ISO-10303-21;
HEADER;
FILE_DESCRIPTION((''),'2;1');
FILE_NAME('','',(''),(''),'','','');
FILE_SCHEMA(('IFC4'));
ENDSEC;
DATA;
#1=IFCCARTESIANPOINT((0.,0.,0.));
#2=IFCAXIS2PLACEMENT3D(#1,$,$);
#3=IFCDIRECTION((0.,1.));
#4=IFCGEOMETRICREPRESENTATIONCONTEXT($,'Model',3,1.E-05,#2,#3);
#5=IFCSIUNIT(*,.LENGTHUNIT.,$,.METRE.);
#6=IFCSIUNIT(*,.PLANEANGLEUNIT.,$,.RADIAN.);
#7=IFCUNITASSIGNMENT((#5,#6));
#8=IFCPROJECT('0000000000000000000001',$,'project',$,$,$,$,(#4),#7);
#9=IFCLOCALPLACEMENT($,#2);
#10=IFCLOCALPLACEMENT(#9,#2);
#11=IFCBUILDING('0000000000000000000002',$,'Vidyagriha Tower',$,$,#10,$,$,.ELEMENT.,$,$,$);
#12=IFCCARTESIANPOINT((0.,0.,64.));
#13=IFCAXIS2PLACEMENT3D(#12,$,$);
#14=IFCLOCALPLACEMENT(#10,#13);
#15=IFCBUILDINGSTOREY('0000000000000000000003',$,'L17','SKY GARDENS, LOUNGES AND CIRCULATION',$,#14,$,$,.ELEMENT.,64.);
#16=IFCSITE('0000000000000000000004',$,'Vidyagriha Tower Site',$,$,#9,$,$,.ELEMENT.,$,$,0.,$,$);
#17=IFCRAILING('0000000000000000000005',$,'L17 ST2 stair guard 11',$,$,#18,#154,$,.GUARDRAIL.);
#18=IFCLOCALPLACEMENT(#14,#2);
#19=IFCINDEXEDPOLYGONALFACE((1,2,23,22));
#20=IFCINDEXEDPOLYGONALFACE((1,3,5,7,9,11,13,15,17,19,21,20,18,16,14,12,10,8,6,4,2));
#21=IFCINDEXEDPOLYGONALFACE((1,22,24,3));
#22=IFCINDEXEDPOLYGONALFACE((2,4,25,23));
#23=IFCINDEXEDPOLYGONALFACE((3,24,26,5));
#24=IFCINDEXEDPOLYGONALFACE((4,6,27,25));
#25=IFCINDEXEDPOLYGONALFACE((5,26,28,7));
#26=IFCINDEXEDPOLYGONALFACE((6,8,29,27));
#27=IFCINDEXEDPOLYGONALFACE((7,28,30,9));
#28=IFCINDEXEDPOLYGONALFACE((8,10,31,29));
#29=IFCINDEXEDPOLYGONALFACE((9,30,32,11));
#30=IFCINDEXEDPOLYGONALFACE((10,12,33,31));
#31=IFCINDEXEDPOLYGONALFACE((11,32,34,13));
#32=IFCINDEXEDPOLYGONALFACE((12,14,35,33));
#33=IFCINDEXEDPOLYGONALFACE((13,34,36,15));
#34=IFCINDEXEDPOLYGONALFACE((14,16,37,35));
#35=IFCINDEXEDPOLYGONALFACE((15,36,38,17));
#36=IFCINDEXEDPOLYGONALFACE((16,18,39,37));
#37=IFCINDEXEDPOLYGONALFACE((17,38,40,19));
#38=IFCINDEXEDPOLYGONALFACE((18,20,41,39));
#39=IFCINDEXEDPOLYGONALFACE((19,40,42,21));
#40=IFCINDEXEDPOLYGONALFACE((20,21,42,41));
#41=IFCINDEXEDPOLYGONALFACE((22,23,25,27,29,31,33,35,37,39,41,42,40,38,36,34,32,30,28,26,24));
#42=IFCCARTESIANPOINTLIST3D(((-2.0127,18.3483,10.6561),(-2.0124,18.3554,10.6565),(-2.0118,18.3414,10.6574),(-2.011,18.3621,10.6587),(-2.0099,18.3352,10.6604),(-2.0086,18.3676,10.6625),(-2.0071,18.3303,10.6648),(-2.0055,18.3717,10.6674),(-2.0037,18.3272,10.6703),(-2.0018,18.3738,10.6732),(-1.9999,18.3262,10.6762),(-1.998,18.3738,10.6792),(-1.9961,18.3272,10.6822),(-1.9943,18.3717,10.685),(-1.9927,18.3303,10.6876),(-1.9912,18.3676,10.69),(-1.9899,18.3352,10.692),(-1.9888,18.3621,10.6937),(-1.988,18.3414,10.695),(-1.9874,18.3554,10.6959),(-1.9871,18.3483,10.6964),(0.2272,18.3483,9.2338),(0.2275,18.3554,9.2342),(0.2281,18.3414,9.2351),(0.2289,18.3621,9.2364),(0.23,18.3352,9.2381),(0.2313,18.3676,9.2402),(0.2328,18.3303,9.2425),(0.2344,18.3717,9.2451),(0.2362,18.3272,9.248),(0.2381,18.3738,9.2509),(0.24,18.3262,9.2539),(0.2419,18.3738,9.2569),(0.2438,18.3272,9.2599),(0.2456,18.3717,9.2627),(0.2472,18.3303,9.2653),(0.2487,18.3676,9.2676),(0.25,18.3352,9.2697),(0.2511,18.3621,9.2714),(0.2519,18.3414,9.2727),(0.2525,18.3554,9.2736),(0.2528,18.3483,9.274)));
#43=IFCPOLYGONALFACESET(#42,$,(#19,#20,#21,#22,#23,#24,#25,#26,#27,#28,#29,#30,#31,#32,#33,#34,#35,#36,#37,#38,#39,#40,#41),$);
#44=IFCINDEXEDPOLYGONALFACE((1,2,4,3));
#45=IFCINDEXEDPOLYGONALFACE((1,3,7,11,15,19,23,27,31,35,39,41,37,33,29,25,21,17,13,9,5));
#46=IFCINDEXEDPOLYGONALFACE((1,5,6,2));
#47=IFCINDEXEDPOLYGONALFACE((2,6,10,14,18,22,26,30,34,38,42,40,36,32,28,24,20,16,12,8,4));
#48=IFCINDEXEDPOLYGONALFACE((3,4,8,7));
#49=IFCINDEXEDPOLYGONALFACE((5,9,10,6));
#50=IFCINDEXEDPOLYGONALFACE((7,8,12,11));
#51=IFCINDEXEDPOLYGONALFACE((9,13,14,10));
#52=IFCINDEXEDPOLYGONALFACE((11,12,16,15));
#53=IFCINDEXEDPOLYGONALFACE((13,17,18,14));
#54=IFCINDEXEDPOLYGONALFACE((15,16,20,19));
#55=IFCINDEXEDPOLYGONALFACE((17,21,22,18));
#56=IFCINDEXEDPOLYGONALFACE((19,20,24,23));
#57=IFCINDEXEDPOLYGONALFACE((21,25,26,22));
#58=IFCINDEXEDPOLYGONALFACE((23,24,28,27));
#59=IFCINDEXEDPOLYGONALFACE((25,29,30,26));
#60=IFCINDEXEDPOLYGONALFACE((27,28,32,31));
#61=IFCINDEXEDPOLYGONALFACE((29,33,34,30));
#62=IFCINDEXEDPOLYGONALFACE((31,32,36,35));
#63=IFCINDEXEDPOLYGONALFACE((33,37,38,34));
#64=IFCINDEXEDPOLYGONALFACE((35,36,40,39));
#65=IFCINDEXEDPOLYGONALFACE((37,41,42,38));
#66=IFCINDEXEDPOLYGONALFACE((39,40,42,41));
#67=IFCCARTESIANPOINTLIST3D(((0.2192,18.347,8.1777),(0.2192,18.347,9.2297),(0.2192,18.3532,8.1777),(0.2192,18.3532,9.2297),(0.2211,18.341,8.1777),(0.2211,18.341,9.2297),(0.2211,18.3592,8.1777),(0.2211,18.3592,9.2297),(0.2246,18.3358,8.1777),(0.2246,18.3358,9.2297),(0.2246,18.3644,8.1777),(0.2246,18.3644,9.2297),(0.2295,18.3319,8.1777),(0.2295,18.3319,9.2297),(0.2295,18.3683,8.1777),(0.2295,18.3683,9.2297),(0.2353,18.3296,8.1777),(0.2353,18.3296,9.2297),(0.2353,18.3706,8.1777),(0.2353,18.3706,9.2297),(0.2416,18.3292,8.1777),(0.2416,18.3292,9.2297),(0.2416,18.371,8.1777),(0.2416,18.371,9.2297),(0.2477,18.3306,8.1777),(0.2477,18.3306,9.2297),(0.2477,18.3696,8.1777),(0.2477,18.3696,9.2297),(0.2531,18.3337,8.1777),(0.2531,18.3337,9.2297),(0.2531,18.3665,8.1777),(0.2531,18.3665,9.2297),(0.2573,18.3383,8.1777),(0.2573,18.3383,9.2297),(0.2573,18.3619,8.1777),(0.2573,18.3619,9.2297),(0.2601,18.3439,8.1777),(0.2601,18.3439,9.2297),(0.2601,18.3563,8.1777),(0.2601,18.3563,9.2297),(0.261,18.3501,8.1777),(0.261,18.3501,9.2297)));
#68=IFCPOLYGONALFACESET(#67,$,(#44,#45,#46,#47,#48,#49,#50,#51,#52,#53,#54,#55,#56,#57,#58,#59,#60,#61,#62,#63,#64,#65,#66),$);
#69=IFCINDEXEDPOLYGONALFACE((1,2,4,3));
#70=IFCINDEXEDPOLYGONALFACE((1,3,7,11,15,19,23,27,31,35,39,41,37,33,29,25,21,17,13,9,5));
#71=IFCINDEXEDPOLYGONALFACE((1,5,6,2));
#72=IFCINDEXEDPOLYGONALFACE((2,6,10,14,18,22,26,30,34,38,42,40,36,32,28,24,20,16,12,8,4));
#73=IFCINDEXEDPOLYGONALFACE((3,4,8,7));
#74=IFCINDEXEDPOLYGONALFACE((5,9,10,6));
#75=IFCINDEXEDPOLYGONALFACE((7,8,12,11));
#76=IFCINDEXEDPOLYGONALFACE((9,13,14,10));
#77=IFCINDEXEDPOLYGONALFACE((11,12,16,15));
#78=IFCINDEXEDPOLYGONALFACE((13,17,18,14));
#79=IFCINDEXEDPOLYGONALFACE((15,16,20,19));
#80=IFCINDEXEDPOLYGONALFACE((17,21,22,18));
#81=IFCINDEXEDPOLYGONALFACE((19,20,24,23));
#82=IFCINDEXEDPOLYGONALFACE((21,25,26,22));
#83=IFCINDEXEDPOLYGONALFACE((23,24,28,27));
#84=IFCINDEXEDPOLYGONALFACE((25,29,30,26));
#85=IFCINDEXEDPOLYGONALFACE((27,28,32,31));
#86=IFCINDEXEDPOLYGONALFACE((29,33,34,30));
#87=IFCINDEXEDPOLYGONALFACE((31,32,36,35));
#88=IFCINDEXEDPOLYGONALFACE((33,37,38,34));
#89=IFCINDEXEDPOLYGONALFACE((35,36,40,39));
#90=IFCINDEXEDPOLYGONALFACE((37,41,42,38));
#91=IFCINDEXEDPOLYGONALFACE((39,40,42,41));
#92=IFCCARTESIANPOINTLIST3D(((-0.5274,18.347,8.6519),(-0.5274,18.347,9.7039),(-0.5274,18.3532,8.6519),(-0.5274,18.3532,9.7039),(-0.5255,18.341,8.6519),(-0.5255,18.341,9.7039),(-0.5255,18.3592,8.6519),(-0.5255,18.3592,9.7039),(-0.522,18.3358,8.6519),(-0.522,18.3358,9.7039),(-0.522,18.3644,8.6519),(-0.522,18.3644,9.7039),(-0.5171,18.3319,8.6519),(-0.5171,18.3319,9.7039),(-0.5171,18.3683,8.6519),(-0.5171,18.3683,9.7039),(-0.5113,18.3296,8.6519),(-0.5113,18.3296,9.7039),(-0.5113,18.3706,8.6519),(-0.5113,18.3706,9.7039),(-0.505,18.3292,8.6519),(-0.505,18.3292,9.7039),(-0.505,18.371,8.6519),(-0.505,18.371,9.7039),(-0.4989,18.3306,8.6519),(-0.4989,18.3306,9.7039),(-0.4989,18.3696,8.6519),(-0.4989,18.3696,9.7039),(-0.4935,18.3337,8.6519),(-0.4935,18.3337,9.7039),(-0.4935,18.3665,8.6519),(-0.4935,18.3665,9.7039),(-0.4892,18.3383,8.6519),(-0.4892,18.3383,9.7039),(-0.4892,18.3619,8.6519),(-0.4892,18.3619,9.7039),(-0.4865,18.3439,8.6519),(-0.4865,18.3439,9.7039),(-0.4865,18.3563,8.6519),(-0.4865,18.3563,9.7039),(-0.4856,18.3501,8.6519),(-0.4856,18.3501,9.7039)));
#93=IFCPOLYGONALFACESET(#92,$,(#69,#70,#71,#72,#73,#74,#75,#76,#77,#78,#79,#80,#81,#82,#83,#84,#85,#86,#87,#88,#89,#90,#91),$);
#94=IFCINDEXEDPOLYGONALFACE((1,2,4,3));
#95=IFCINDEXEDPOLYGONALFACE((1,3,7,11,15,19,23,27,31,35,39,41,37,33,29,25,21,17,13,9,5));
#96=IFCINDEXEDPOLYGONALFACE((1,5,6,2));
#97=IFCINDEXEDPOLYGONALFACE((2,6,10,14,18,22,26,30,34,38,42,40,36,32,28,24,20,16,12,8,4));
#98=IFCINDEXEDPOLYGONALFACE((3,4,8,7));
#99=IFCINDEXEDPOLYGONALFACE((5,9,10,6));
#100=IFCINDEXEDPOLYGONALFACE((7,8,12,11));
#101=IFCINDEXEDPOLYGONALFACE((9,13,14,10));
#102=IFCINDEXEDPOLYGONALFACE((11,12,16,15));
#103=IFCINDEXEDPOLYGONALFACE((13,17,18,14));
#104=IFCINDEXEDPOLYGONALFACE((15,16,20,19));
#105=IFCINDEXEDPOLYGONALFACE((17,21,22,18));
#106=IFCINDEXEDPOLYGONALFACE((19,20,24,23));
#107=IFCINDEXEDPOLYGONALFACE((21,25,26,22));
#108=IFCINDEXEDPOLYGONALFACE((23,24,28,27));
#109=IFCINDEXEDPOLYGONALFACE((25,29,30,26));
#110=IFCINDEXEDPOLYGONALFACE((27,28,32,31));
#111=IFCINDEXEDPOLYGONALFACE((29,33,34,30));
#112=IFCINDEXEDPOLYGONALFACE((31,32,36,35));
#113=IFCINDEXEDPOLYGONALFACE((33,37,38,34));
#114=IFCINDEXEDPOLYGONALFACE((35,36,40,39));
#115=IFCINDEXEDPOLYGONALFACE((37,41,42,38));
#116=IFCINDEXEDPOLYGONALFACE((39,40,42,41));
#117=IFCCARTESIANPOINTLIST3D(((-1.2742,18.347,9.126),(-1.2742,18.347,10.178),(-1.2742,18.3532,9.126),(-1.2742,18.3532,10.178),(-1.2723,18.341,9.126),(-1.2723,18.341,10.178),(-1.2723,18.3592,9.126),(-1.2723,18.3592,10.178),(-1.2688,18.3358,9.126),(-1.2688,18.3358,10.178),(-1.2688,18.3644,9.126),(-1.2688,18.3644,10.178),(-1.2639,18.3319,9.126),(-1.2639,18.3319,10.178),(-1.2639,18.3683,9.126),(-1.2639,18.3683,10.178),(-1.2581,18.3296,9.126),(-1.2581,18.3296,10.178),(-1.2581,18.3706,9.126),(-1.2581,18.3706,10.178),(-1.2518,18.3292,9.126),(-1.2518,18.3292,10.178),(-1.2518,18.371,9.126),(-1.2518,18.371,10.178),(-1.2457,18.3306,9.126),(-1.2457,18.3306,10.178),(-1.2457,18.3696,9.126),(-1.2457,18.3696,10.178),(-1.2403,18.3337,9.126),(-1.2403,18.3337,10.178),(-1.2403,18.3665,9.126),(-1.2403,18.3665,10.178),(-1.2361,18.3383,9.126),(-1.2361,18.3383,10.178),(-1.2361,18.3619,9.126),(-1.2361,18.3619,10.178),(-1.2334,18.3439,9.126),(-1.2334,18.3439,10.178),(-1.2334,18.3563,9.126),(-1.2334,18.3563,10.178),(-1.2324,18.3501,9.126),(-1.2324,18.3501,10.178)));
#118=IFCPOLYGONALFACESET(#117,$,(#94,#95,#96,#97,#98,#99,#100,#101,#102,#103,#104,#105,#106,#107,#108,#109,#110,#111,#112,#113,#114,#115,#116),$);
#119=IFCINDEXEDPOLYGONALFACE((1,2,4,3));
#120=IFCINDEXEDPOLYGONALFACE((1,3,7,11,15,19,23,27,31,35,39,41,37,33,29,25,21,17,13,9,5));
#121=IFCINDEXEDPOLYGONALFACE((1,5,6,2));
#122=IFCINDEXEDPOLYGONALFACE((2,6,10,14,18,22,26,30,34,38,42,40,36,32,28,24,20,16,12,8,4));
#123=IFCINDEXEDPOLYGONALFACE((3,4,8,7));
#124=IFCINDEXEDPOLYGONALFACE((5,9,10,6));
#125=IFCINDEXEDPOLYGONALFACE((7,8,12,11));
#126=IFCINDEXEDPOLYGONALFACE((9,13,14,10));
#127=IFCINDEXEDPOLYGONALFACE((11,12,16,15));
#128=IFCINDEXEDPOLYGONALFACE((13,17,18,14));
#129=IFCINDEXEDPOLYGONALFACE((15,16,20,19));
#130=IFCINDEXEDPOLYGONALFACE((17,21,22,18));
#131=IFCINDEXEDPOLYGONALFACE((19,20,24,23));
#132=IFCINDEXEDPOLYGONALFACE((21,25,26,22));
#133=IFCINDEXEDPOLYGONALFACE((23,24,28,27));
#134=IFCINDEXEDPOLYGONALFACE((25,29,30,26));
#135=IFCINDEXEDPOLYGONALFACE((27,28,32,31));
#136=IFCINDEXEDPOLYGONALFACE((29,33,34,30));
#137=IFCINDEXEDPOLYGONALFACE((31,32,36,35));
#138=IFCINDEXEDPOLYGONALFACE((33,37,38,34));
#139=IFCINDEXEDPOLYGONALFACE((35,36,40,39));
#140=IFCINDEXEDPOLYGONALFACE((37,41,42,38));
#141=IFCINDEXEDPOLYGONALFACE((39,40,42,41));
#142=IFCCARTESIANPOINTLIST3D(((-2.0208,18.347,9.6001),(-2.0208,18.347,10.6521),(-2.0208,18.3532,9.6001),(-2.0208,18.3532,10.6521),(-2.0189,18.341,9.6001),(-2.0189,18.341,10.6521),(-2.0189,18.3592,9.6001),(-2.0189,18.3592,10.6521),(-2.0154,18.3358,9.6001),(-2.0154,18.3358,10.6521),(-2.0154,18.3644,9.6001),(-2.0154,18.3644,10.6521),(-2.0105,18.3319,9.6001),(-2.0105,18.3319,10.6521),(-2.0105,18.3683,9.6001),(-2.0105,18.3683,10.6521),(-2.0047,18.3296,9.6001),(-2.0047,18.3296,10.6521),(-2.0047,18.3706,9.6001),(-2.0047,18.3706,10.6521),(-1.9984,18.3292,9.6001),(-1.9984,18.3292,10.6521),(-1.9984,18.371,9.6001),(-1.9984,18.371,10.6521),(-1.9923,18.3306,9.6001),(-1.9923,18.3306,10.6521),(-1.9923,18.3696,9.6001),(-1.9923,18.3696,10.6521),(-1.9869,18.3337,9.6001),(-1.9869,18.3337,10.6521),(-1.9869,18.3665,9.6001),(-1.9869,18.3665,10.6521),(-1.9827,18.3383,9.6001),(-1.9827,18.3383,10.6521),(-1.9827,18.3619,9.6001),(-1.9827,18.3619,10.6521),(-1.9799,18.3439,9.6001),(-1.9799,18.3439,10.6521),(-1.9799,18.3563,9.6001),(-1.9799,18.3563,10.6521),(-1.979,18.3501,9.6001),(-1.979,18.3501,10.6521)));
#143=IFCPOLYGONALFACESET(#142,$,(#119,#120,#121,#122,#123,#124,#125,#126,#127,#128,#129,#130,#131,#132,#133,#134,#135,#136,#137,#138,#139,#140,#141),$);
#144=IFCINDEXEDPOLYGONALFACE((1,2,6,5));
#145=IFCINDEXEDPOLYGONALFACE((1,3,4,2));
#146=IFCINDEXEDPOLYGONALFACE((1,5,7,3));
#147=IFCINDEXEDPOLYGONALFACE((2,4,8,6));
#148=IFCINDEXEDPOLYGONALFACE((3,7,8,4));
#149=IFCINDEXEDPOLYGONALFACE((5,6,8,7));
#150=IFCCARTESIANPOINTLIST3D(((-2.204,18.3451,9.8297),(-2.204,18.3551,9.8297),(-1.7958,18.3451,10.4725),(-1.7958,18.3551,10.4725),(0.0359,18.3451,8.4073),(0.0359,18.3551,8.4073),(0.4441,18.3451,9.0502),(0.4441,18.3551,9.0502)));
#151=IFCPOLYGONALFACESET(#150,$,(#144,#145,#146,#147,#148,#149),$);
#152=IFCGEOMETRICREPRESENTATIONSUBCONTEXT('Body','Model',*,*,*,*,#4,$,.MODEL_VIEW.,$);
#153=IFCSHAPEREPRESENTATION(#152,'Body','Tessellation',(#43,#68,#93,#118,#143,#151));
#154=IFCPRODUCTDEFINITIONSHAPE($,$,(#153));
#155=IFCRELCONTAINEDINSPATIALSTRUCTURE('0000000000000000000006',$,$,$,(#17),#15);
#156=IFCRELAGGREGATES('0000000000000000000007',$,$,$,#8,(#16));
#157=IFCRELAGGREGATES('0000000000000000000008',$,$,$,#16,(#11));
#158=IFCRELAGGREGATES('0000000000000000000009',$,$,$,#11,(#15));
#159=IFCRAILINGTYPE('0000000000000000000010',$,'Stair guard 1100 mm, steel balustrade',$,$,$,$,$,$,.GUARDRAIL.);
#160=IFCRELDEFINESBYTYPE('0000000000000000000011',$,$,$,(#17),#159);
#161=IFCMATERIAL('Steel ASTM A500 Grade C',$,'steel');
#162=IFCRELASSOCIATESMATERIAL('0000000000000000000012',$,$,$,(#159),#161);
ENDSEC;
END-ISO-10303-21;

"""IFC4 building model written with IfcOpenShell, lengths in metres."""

from ifc_helpers import new_model, si_unit, direction, frame, origin, origin_2d, place, context, subcontext, project, spatial, rectangle, circle, extrude, material, type_object, element, save


model = new_model("IFC4")

# Units and contexts
model_context = context("Model", 3, precision=1e-05, world=origin(), true_north=direction((0.0, 1.0)))
body_context = subcontext(model_context, "Body", "Model", "MODEL_VIEW")
ifc_project = project(units=[si_unit("LENGTHUNIT", "METRE"), si_unit("PLANEANGLEUNIT", "RADIAN")], contexts=[model_context])

# Site, building, storey
site_placement = place(None, origin())
site = spatial("IfcSite", under=ifc_project, at=site_placement, Name="Vidyagriha Tower Site", CompositionType="ELEMENT", RefElevation=0.0)
building_placement = place(site_placement, origin())
building = spatial("IfcBuilding", under=site, at=building_placement, Name="Vidyagriha Tower", CompositionType="ELEMENT")
storey_placement = place(building_placement, frame((0.0, 0.0, 64.0)))
storey = spatial("IfcBuildingStorey", under=building, at=storey_placement, Name="L17", Description="SKY GARDENS, LOUNGES AND CIRCULATION", CompositionType="ELEMENT", Elevation=64.0)

# Railing
ifc_material_1 = material(Name="Steel ASTM A500 Grade C", Category="steel")
railing_type_1 = type_object("IfcRailingType", Name="Stair guard 1100 mm, steel balustrade", PredefinedType="GUARDRAIL", material=ifc_material_1)
railing_1_placement = place(storey_placement, frame((0.24, 18.3501, 8.1777)))
element("IfcRailing", 1, at=railing_1_placement, inside=storey, type_object=railing_type_1, Name="L17 ST2 stair guard 11", PredefinedType="GUARDRAIL", context=body_context, shape_type="SweptSolid", body=[
    extrude(circle(Radius=0.0239, at=origin_2d()), frame((0.0, 0.0, 1.0762), z_axis=(-0.844188, 0.0, 0.536048), x_axis=(0.0, -1.0, 0.0)), (0.0, 0.0, 1.0), 2.6533),
    extrude(circle(Radius=0.021, at=origin_2d()), origin(), (0.0, 0.0, 1.0), 1.052),
    extrude(circle(Radius=0.021, at=origin_2d()), frame((-0.7466, 0.0, 0.4741)), (0.0, 0.0, 1.0), 1.052),
    extrude(circle(Radius=0.021, at=origin_2d()), frame((-1.4934, 0.0, 0.9482)), (0.0, 0.0, 1.0), 1.052),
    extrude(circle(Radius=0.021, at=origin_2d()), frame((-2.24, 0.0, 1.4224)), (0.0, 0.0, 1.0), 1.052),
    extrude(rectangle(XDim=0.01, YDim=0.7615, at=origin_2d()), frame((0.0, 0.0, 0.551), z_axis=(-0.844188, 0.0, 0.536048), x_axis=(0.0, -1.0, 0.0)), (0.0, 0.0, 1.0), 2.6533),
])

save(model, "model.ifc")
